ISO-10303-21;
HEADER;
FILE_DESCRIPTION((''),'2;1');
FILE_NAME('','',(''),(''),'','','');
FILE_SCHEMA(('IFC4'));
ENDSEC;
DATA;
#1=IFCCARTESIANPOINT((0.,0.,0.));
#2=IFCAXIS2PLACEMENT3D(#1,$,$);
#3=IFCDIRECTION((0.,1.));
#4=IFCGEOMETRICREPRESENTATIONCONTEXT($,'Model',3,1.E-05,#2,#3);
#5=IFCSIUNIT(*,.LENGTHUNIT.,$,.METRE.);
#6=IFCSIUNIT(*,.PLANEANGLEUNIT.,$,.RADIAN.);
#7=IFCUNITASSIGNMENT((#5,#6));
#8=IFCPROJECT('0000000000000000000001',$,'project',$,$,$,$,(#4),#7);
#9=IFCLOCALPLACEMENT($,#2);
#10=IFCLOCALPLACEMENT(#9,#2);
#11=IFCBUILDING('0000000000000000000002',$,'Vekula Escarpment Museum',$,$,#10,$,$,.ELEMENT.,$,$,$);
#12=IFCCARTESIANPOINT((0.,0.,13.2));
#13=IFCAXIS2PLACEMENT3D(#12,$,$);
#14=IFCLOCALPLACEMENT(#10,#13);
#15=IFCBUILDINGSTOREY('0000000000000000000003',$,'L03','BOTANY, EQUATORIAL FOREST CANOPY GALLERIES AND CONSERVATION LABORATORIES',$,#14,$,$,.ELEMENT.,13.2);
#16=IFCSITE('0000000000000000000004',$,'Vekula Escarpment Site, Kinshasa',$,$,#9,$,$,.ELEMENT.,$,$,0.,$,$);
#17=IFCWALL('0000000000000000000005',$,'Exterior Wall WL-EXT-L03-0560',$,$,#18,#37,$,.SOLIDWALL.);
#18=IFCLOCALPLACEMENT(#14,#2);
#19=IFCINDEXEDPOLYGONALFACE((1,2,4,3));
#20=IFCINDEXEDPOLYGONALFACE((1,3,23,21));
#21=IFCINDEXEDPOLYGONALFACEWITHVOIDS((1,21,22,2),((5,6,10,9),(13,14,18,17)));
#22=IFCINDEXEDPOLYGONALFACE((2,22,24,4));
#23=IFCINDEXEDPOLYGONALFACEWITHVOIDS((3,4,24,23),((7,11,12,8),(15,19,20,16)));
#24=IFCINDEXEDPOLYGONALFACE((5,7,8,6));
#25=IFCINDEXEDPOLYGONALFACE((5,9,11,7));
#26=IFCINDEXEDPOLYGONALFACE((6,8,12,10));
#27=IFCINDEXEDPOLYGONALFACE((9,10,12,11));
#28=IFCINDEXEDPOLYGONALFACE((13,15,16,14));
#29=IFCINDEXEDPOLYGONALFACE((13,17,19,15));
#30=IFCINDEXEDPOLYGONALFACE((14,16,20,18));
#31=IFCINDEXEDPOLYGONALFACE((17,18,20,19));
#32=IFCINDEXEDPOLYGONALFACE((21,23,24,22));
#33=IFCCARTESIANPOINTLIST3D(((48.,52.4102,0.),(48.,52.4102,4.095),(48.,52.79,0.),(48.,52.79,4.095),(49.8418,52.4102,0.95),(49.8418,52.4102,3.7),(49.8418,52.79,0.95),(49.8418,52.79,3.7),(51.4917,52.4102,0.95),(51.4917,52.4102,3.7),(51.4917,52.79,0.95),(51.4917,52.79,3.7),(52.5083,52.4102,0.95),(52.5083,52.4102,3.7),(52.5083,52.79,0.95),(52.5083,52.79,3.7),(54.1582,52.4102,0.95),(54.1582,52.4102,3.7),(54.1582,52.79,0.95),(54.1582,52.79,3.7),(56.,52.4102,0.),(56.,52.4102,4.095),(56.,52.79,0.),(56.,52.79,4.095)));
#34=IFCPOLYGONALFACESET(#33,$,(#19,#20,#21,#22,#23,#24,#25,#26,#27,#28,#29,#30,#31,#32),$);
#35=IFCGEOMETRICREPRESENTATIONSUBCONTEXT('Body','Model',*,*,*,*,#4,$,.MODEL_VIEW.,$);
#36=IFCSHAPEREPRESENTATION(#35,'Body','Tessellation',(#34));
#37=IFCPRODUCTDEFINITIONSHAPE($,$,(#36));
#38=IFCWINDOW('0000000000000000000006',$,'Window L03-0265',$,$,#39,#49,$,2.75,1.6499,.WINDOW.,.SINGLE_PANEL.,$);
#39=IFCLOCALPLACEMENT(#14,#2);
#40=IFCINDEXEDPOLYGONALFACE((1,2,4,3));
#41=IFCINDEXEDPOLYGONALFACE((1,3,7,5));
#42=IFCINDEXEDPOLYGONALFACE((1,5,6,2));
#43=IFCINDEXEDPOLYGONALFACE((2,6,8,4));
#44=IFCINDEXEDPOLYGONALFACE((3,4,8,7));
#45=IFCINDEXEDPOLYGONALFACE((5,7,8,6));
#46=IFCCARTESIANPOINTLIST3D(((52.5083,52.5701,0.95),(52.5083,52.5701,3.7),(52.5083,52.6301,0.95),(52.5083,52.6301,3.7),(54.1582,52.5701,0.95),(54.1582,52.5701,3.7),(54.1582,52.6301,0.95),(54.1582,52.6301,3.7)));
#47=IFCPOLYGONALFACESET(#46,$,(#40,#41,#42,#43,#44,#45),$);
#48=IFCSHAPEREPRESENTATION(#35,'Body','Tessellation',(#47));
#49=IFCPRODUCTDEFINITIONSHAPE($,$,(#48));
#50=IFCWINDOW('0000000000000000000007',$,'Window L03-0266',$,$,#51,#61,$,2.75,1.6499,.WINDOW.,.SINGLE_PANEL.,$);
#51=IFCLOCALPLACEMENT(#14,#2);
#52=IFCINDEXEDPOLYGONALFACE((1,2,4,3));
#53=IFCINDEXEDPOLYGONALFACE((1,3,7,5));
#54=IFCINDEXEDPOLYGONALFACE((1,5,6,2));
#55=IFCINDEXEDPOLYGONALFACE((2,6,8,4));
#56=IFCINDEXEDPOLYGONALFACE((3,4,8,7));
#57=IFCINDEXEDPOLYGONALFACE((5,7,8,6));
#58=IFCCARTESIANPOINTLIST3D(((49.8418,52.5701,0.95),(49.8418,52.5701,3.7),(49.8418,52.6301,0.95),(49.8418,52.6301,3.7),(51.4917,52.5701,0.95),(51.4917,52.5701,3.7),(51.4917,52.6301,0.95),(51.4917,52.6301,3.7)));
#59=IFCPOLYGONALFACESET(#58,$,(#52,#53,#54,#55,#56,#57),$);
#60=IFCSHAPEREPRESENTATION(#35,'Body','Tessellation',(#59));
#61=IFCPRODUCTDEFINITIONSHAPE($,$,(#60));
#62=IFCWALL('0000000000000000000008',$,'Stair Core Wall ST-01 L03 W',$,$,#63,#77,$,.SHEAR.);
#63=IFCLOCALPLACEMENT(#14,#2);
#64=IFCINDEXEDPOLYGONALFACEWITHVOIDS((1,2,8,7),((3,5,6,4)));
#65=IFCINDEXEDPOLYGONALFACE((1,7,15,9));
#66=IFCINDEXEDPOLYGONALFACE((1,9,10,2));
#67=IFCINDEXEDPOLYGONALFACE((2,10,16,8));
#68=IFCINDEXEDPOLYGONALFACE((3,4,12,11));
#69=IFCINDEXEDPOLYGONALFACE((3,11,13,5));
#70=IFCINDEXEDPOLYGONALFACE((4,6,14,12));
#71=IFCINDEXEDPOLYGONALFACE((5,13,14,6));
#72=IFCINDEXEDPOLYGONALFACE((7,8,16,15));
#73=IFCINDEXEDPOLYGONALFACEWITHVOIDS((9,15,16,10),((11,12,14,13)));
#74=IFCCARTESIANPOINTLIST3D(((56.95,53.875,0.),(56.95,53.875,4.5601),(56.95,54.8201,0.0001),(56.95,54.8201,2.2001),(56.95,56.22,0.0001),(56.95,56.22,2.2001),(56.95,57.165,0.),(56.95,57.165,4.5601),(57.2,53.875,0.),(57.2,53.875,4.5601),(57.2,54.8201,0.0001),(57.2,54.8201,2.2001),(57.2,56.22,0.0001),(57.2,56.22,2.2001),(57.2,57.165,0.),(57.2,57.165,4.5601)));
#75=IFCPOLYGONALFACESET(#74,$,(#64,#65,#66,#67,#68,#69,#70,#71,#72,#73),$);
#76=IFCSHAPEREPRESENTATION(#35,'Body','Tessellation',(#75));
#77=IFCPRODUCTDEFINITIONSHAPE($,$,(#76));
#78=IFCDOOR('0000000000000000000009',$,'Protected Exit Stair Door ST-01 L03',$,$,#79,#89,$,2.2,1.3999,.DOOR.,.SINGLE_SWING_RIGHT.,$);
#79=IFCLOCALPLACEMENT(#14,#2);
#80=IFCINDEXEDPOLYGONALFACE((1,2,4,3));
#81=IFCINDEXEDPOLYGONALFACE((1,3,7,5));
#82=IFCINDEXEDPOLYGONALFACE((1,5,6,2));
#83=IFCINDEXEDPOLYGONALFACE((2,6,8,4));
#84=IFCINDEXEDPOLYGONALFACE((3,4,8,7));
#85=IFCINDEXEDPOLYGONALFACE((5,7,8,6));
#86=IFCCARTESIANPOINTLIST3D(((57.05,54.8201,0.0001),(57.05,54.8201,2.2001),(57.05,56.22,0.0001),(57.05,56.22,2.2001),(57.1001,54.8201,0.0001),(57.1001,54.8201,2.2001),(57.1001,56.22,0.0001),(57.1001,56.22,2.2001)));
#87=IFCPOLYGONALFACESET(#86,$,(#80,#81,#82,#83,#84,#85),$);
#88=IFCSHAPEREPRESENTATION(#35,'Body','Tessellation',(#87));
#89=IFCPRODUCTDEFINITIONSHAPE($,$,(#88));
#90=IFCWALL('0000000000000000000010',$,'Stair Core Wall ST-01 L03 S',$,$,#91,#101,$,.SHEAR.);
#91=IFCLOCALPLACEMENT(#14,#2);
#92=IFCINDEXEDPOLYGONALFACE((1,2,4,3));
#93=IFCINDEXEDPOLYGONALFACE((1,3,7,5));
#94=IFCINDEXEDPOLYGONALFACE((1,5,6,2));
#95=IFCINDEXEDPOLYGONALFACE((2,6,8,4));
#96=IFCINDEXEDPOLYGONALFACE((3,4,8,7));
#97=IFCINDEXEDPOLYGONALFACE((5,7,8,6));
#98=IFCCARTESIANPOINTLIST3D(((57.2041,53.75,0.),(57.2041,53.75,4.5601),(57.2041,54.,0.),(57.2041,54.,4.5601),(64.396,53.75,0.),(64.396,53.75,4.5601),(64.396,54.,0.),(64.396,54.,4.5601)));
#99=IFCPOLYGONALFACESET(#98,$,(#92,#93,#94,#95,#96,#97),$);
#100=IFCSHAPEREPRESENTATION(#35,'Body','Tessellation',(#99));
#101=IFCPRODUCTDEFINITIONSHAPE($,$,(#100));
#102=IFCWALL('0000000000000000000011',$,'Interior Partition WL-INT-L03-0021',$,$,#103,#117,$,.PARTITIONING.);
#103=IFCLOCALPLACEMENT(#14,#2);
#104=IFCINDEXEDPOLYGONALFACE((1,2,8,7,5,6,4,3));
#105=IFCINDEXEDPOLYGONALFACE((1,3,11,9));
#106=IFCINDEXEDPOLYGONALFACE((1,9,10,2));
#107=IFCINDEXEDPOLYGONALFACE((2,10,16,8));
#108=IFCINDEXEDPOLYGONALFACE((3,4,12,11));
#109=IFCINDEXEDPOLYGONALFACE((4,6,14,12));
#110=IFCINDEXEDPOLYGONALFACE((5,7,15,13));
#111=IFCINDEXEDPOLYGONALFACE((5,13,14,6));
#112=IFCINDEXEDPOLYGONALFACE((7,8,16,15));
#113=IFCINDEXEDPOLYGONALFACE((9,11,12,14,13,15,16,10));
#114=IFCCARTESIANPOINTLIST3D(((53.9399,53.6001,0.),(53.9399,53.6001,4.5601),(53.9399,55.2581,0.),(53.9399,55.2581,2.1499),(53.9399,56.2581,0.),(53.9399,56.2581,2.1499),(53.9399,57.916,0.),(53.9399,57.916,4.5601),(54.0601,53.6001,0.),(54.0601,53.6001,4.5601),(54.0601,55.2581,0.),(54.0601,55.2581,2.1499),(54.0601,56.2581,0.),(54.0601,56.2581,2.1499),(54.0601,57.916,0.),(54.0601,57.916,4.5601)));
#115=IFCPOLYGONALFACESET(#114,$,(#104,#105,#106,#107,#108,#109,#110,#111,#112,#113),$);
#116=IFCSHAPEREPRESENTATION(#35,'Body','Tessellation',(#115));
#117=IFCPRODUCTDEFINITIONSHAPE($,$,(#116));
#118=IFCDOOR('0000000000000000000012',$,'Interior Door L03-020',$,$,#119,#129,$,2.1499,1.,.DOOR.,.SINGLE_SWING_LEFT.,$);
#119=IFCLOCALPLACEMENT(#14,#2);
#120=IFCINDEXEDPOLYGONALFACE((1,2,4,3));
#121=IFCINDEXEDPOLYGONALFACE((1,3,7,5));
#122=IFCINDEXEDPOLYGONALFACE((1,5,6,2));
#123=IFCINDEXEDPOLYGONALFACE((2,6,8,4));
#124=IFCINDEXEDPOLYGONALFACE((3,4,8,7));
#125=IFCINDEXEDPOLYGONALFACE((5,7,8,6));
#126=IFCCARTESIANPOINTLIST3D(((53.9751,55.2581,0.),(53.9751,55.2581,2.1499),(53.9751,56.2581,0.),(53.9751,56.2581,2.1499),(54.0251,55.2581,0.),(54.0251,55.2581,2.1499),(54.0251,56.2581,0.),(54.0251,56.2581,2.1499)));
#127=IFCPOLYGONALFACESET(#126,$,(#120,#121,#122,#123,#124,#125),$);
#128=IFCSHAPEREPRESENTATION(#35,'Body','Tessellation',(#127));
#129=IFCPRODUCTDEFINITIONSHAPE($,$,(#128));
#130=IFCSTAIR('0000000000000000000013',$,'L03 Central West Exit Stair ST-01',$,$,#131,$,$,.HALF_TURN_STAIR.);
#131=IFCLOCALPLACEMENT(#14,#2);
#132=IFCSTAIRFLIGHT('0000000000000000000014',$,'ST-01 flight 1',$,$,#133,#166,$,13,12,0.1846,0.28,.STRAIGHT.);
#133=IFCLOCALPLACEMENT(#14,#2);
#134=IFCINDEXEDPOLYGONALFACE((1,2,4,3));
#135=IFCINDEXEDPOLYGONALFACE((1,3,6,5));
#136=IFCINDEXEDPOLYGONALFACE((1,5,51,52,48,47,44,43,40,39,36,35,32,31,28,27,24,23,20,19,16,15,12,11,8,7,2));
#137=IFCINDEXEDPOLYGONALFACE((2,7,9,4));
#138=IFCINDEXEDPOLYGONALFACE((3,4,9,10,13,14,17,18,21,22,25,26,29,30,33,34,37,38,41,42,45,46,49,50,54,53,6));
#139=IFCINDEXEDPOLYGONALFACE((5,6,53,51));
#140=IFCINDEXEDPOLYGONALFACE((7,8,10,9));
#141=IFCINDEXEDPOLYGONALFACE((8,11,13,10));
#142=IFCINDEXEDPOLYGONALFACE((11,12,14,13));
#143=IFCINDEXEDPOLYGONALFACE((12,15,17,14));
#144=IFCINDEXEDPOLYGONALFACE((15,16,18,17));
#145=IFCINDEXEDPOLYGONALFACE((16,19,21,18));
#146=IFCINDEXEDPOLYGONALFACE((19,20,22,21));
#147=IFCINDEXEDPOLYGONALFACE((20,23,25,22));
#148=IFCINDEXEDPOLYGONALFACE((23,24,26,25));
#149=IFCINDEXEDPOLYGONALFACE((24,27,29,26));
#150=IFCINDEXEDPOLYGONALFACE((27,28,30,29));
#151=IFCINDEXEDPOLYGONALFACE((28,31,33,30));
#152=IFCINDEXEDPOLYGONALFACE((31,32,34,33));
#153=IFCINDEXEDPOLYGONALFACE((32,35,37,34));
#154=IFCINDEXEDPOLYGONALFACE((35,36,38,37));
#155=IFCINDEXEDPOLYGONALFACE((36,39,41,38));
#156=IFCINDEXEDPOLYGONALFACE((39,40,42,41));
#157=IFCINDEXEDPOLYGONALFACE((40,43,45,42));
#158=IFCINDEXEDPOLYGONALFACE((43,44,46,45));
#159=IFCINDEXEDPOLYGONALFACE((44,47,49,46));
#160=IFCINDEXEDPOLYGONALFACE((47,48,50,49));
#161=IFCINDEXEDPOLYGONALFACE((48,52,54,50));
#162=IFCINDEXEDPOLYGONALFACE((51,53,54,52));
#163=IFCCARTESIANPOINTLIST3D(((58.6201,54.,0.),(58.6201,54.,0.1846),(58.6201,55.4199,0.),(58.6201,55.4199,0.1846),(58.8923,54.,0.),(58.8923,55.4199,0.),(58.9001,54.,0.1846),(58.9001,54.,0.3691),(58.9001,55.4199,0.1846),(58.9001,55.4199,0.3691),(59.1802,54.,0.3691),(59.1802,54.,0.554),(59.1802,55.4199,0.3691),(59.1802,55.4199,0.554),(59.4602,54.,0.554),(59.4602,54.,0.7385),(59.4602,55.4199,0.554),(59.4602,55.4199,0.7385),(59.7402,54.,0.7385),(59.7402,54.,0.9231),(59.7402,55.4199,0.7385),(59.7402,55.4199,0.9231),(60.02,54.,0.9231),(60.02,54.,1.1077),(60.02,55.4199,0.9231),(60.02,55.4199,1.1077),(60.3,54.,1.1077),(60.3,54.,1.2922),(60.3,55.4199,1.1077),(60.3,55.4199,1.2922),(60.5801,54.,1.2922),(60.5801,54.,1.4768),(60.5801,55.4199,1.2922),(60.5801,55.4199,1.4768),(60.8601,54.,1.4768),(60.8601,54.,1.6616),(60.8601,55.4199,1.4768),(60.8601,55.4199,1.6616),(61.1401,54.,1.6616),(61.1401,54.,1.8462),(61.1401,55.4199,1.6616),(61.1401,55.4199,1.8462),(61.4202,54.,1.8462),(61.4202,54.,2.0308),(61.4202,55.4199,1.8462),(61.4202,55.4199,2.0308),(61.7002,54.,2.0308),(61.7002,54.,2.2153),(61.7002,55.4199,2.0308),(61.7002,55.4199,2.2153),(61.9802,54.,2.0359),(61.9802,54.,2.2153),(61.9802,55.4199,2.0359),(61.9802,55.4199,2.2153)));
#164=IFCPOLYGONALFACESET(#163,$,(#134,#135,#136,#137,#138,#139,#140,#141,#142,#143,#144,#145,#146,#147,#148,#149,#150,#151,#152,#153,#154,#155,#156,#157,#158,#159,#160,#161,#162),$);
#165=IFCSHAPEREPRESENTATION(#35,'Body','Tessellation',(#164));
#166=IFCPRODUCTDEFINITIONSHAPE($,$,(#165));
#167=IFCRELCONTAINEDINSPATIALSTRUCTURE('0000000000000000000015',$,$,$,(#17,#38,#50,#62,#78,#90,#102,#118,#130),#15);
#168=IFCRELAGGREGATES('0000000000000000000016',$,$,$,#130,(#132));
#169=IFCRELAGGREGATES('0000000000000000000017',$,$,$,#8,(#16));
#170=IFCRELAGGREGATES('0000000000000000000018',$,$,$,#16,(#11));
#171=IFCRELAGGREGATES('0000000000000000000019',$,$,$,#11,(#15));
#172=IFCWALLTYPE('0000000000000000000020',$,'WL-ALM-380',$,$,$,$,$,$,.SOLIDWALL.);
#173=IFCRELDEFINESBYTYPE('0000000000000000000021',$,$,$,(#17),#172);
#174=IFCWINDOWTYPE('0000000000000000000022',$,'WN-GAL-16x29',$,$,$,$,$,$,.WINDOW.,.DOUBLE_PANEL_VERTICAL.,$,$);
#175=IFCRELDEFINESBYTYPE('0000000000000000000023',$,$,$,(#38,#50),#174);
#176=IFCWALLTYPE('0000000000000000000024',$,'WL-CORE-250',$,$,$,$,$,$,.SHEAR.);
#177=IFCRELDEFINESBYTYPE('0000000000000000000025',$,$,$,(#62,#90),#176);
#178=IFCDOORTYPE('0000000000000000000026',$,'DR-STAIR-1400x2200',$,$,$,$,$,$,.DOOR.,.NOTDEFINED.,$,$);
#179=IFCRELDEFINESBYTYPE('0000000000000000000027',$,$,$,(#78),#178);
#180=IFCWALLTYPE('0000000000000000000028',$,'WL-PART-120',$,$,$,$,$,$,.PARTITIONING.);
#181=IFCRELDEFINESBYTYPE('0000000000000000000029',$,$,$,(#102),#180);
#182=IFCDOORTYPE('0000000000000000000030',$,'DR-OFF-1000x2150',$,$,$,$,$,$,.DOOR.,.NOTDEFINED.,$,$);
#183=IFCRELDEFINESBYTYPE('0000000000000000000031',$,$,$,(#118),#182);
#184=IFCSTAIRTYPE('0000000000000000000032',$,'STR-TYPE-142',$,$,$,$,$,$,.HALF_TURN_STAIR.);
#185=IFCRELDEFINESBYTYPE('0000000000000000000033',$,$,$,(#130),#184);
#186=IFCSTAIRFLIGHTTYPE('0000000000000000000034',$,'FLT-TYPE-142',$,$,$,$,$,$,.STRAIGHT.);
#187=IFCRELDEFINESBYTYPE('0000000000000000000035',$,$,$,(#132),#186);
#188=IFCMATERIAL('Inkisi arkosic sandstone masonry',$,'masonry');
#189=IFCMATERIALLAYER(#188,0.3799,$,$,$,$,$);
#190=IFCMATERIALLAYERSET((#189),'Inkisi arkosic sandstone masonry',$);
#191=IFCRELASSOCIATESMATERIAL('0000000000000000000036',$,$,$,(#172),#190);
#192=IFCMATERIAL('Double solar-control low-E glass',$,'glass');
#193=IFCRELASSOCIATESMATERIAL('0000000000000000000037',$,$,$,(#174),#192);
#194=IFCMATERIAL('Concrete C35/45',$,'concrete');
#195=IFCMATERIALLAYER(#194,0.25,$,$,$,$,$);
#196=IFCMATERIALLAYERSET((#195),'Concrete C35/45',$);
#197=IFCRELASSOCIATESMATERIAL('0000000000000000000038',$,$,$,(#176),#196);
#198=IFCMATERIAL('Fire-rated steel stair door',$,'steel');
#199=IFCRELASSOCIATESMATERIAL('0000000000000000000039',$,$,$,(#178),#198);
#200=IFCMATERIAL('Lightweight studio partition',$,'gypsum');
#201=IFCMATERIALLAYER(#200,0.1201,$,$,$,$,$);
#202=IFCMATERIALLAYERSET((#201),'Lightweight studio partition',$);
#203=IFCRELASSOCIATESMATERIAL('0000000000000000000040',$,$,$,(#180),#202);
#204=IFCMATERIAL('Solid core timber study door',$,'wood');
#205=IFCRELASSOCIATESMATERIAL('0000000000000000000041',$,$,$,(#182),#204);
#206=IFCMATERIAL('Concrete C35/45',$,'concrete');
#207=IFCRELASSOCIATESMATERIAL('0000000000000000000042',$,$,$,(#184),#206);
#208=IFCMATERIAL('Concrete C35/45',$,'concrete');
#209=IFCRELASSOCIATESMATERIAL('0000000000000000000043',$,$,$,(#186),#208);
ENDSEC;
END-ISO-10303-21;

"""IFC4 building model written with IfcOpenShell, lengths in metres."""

from ifc_helpers import new_model, si_unit, direction, frame, frame_2d, origin, place, context, subcontext, project, spatial, polyline, rectangle, outline, extrude, material, layer, layer_set, type_object, element, fill, aggregate, save


model = new_model("IFC4")

# Units and contexts
model_context = context("Model", 3, precision=1e-05, world=origin(), true_north=direction((0.0, 1.0)))
body_context = subcontext(model_context, "Body", "Model", "MODEL_VIEW")
ifc_project = project(units=[si_unit("LENGTHUNIT", "METRE"), si_unit("PLANEANGLEUNIT", "RADIAN")], contexts=[model_context])

# Site, building, storey
site_placement = place(None, origin())
site = spatial("IfcSite", under=ifc_project, at=site_placement, Name="Vekula Escarpment Site, Kinshasa", CompositionType="ELEMENT", RefElevation=0.0)
building_placement = place(site_placement, origin())
building = spatial("IfcBuilding", under=site, at=building_placement, Name="Vekula Escarpment Museum", CompositionType="ELEMENT")
storey_placement = place(building_placement, frame((0.0, 0.0, 13.2)))
storey = spatial("IfcBuildingStorey", under=building, at=storey_placement, Name="L03", Description="BOTANY, EQUATORIAL FOREST CANOPY GALLERIES AND CONSERVATION LABORATORIES", CompositionType="ELEMENT", Elevation=13.2)

# Wall, openings, windows
ifc_material_1 = material(Name="Inkisi arkosic sandstone masonry", Category="masonry")
ifc_layer_1 = layer(ifc_material_1, 0.3799)
ifc_layer_set_1 = layer_set([ifc_layer_1], Name="Inkisi arkosic sandstone masonry")
wall_type_1 = type_object("IfcWallType", Name="WL-ALM-380", PredefinedType="SOLIDWALL", material=ifc_layer_set_1)
wall_1_placement = place(storey_placement, frame((56.0, 52.6001, 0.0), z_axis=(0.0, 0.0, 1.0), x_axis=(-1.0, 0.0, 0.0)))
wall_1 = element("IfcWall", 1, at=wall_1_placement, inside=storey, type_object=wall_type_1, Name="Exterior Wall WL-EXT-L03-0560", PredefinedType="SOLIDWALL", context=body_context, shape_type="SweptSolid", body=[
    extrude(rectangle(XDim=8.0, YDim=0.3799, at=frame_2d((4.0, 0.0))), origin(), (0.0, 0.0, 1.0), 4.095),
])
opening_1_placement = place(wall_1_placement, frame((1.8418, 0.0, 0.95)))
opening_1 = element("IfcOpeningElement", 2, at=opening_1_placement, cuts=wall_1, PredefinedType="OPENING", context=body_context, shape_type="SweptSolid", body=[
    extrude(rectangle(XDim=1.6499, YDim=2.75, at=frame_2d((0.825, 1.375))), frame((0.0, 0.2, 0.0), z_axis=(0.0, -1.0, 0.0), x_axis=(1.0, 0.0, 0.0)), (0.0, 0.0, 1.0), 0.3999),
])
opening_2_placement = place(wall_1_placement, frame((4.5083, 0.0, 0.95)))
opening_2 = element("IfcOpeningElement", 3, at=opening_2_placement, cuts=wall_1, PredefinedType="OPENING", context=body_context, shape_type="SweptSolid", body=[
    extrude(rectangle(XDim=1.6499, YDim=2.75, at=frame_2d((0.825, 1.375))), frame((0.0, 0.2, 0.0), z_axis=(0.0, -1.0, 0.0), x_axis=(1.0, 0.0, 0.0)), (0.0, 0.0, 1.0), 0.3999),
])
ifc_material_2 = material(Name="Double solar-control low-E glass", Category="glass")
window_type = type_object("IfcWindowType", Name="WN-GAL-16x29", PartitioningType="DOUBLE_PANEL_VERTICAL", PredefinedType="WINDOW", material=ifc_material_2)
window_1_placement = place(opening_1_placement, origin())
window_1 = element("IfcWindow", 4, at=window_1_placement, inside=storey, type_object=window_type, Name="Window L03-0265", OverallHeight=2.75, OverallWidth=1.6499, PartitioningType="SINGLE_PANEL", PredefinedType="WINDOW", context=body_context, shape_type="SweptSolid", body=[
    extrude(rectangle(XDim=1.6499, YDim=2.75, at=frame_2d((0.825, 1.375))), frame((0.0, 0.03, 0.0), z_axis=(0.0, -1.0, 0.0), x_axis=(1.0, 0.0, 0.0)), (0.0, 0.0, 1.0), 0.0601),
])
fill(opening_1, window_1)
window_2_placement = place(opening_2_placement, origin())
window_2 = element("IfcWindow", 5, at=window_2_placement, inside=storey, type_object=window_type, Name="Window L03-0266", OverallHeight=2.75, OverallWidth=1.6499, PartitioningType="SINGLE_PANEL", PredefinedType="WINDOW", context=body_context, shape_type="SweptSolid", body=[
    extrude(rectangle(XDim=1.6499, YDim=2.75, at=frame_2d((0.825, 1.375))), frame((0.0, 0.03, 0.0), z_axis=(0.0, -1.0, 0.0), x_axis=(1.0, 0.0, 0.0)), (0.0, 0.0, 1.0), 0.0601),
])
fill(opening_2, window_2)

# Wall, opening, door
ifc_material_3 = material(Name="Concrete C35/45", Category="concrete")
ifc_layer_2 = layer(ifc_material_3, 0.25)
ifc_layer_set_2 = layer_set([ifc_layer_2], Name="Concrete C35/45")
wall_type_2 = type_object("IfcWallType", Name="WL-CORE-250", PredefinedType="SHEAR", material=ifc_layer_set_2)
wall_2_placement = place(storey_placement, frame((57.075, 53.875, 0.0), z_axis=(0.0, 0.0, 1.0), x_axis=(0.0, 1.0, 0.0)))
wall_2 = element("IfcWall", 6, at=wall_2_placement, inside=storey, type_object=wall_type_2, Name="Stair Core Wall ST-01 L03 W", PredefinedType="SHEAR", context=body_context, shape_type="SweptSolid", body=[
    extrude(rectangle(XDim=3.29, YDim=0.25, at=frame_2d((1.645, 0.0))), origin(), (0.0, 0.0, 1.0), 4.5601),
])
opening_3_placement = place(wall_2_placement, frame((0.9451, 0.0, 0.0)))
opening_3 = element("IfcOpeningElement", 7, at=opening_3_placement, cuts=wall_2, PredefinedType="OPENING", context=body_context, shape_type="SweptSolid", body=[
    extrude(rectangle(XDim=1.3999, YDim=2.2, at=frame_2d((0.7, 1.1001))), frame((0.0, 0.135, 0.0), z_axis=(0.0, -1.0, 0.0), x_axis=(1.0, 0.0, 0.0)), (0.0, 0.0, 1.0), 0.27),
])
ifc_material_4 = material(Name="Fire-rated steel stair door", Category="steel")
door_type_1 = type_object("IfcDoorType", Name="DR-STAIR-1400x2200", OperationType="NOTDEFINED", PredefinedType="DOOR", material=ifc_material_4)
door_1_placement = place(opening_3_placement, origin())
door_1 = element("IfcDoor", 8, at=door_1_placement, inside=storey, type_object=door_type_1, Name="Protected Exit Stair Door ST-01 L03", OperationType="SINGLE_SWING_RIGHT", OverallHeight=2.2, OverallWidth=1.3999, PredefinedType="DOOR", context=body_context, shape_type="SweptSolid", body=[
    extrude(rectangle(XDim=1.3999, YDim=2.2, at=frame_2d((0.7, 1.1001))), frame((0.0, 0.0249, 0.0), z_axis=(0.0, -1.0, 0.0), x_axis=(1.0, 0.0, 0.0)), (0.0, 0.0, 1.0), 0.05),
])
fill(opening_3, door_1)

# Wall
wall_3_placement = place(storey_placement, frame((57.2041, 53.875, 0.0), z_axis=(0.0, 0.0, 1.0), x_axis=(1.0, 0.0, 0.0)))
element("IfcWall", 9, at=wall_3_placement, inside=storey, type_object=wall_type_2, Name="Stair Core Wall ST-01 L03 S", PredefinedType="SHEAR", context=body_context, shape_type="SweptSolid", body=[
    extrude(rectangle(XDim=7.1919, YDim=0.25, at=frame_2d((3.5959, 0.0))), origin(), (0.0, 0.0, 1.0), 4.5601),
])

# Wall, opening, door
ifc_material_5 = material(Name="Lightweight studio partition", Category="gypsum")
ifc_layer_3 = layer(ifc_material_5, 0.1201)
ifc_layer_set_3 = layer_set([ifc_layer_3], Name="Lightweight studio partition")
wall_type_3 = type_object("IfcWallType", Name="WL-PART-120", PredefinedType="PARTITIONING", material=ifc_layer_set_3)
wall_4_placement = place(storey_placement, frame((54.0, 53.6001, 0.0), z_axis=(0.0, 0.0, 1.0), x_axis=(0.0, 1.0, 0.0)))
wall_4 = element("IfcWall", 10, at=wall_4_placement, inside=storey, type_object=wall_type_3, Name="Interior Partition WL-INT-L03-0021", PredefinedType="PARTITIONING", context=body_context, shape_type="SweptSolid", body=[
    extrude(rectangle(XDim=4.3159, YDim=0.1201, at=frame_2d((2.158, 0.0))), origin(), (0.0, 0.0, 1.0), 4.5601),
])
opening_4_placement = place(wall_4_placement, frame((1.658, 0.0, 0.0)))
opening_4 = element("IfcOpeningElement", 11, at=opening_4_placement, cuts=wall_4, PredefinedType="OPENING", context=body_context, shape_type="SweptSolid", body=[
    extrude(rectangle(XDim=1.0, YDim=2.1499, at=frame_2d((0.5, 1.075))), frame((0.0, 0.0701, 0.0), z_axis=(0.0, -1.0, 0.0), x_axis=(1.0, 0.0, 0.0)), (0.0, 0.0, 1.0), 0.1401),
])
ifc_material_6 = material(Name="Solid core timber study door", Category="wood")
door_type_2 = type_object("IfcDoorType", Name="DR-OFF-1000x2150", OperationType="NOTDEFINED", PredefinedType="DOOR", material=ifc_material_6)
door_2_placement = place(opening_4_placement, origin())
door_2 = element("IfcDoor", 12, at=door_2_placement, inside=storey, type_object=door_type_2, Name="Interior Door L03-020", OperationType="SINGLE_SWING_LEFT", OverallHeight=2.1499, OverallWidth=1.0, PredefinedType="DOOR", context=body_context, shape_type="SweptSolid", body=[
    extrude(rectangle(XDim=1.0, YDim=2.1499, at=frame_2d((0.5, 1.075))), frame((0.0, 0.0249, 0.0), z_axis=(0.0, -1.0, 0.0), x_axis=(1.0, 0.0, 0.0)), (0.0, 0.0, 1.0), 0.05),
])
fill(opening_4, door_2)

# Stair, stair flight
ifc_material_7 = material(Name="Concrete C35/45", Category="concrete")
stair_type = type_object("IfcStairType", Name="STR-TYPE-142", PredefinedType="HALF_TURN_STAIR", material=ifc_material_7)
stair_placement = place(storey_placement, origin())
stair = element("IfcStair", 13, at=stair_placement, inside=storey, type_object=stair_type, Name="L03 Central West Exit Stair ST-01", PredefinedType="HALF_TURN_STAIR")
ifc_material_8 = material(Name="Concrete C35/45", Category="concrete")
stair_flight_type = type_object("IfcStairFlightType", Name="FLT-TYPE-142", PredefinedType="STRAIGHT", material=ifc_material_8)
stair_flight_1_placement = place(storey_placement, frame((58.6201, 54.71, 0.0), z_axis=(0.0, 0.0, 1.0), x_axis=(1.0, 0.0, 0.0)))
stair_flight_1 = element("IfcStairFlight", 14, at=stair_flight_1_placement, type_object=stair_flight_type, Name="ST-01 flight 1", NumberOfRisers=13, NumberOfTreads=12, PredefinedType="STRAIGHT", RiserHeight=0.1846, TreadLength=0.28, context=body_context, shape_type="SweptSolid", body=[
    extrude(outline(polyline([(0.0, 0.0), (0.0, 0.1846), (0.28, 0.1846), (0.28, 0.3691), (0.5601, 0.3691), (0.5601, 0.554), (0.8401, 0.554), (0.8401, 0.7385), (1.1201, 0.7385), (1.1201, 0.9231), (1.3999, 0.9231), (1.3999, 1.1077), (1.6799, 1.1077), (1.6799, 1.2922), (1.96, 1.2922), (1.96, 1.4768), (2.24, 1.4768), (2.24, 1.6616), (2.52, 1.6616), (2.52, 1.8462), (2.8, 1.8462), (2.8, 2.0308), (3.0801, 2.0308), (3.0801, 2.2153), (3.3601, 2.2153), (3.3601, 2.3999), (3.3601, 2.0359), (0.2722, 0.0), (0.0, 0.0)])), frame((0.0, 0.71, 0.0), z_axis=(0.0, -1.0, 0.0), x_axis=(1.0, 0.0, 0.0)), (0.0, 0.0, 1.0), 1.4199),
])
aggregate(stair, [stair_flight_1])

save(model, "model.ifc")
